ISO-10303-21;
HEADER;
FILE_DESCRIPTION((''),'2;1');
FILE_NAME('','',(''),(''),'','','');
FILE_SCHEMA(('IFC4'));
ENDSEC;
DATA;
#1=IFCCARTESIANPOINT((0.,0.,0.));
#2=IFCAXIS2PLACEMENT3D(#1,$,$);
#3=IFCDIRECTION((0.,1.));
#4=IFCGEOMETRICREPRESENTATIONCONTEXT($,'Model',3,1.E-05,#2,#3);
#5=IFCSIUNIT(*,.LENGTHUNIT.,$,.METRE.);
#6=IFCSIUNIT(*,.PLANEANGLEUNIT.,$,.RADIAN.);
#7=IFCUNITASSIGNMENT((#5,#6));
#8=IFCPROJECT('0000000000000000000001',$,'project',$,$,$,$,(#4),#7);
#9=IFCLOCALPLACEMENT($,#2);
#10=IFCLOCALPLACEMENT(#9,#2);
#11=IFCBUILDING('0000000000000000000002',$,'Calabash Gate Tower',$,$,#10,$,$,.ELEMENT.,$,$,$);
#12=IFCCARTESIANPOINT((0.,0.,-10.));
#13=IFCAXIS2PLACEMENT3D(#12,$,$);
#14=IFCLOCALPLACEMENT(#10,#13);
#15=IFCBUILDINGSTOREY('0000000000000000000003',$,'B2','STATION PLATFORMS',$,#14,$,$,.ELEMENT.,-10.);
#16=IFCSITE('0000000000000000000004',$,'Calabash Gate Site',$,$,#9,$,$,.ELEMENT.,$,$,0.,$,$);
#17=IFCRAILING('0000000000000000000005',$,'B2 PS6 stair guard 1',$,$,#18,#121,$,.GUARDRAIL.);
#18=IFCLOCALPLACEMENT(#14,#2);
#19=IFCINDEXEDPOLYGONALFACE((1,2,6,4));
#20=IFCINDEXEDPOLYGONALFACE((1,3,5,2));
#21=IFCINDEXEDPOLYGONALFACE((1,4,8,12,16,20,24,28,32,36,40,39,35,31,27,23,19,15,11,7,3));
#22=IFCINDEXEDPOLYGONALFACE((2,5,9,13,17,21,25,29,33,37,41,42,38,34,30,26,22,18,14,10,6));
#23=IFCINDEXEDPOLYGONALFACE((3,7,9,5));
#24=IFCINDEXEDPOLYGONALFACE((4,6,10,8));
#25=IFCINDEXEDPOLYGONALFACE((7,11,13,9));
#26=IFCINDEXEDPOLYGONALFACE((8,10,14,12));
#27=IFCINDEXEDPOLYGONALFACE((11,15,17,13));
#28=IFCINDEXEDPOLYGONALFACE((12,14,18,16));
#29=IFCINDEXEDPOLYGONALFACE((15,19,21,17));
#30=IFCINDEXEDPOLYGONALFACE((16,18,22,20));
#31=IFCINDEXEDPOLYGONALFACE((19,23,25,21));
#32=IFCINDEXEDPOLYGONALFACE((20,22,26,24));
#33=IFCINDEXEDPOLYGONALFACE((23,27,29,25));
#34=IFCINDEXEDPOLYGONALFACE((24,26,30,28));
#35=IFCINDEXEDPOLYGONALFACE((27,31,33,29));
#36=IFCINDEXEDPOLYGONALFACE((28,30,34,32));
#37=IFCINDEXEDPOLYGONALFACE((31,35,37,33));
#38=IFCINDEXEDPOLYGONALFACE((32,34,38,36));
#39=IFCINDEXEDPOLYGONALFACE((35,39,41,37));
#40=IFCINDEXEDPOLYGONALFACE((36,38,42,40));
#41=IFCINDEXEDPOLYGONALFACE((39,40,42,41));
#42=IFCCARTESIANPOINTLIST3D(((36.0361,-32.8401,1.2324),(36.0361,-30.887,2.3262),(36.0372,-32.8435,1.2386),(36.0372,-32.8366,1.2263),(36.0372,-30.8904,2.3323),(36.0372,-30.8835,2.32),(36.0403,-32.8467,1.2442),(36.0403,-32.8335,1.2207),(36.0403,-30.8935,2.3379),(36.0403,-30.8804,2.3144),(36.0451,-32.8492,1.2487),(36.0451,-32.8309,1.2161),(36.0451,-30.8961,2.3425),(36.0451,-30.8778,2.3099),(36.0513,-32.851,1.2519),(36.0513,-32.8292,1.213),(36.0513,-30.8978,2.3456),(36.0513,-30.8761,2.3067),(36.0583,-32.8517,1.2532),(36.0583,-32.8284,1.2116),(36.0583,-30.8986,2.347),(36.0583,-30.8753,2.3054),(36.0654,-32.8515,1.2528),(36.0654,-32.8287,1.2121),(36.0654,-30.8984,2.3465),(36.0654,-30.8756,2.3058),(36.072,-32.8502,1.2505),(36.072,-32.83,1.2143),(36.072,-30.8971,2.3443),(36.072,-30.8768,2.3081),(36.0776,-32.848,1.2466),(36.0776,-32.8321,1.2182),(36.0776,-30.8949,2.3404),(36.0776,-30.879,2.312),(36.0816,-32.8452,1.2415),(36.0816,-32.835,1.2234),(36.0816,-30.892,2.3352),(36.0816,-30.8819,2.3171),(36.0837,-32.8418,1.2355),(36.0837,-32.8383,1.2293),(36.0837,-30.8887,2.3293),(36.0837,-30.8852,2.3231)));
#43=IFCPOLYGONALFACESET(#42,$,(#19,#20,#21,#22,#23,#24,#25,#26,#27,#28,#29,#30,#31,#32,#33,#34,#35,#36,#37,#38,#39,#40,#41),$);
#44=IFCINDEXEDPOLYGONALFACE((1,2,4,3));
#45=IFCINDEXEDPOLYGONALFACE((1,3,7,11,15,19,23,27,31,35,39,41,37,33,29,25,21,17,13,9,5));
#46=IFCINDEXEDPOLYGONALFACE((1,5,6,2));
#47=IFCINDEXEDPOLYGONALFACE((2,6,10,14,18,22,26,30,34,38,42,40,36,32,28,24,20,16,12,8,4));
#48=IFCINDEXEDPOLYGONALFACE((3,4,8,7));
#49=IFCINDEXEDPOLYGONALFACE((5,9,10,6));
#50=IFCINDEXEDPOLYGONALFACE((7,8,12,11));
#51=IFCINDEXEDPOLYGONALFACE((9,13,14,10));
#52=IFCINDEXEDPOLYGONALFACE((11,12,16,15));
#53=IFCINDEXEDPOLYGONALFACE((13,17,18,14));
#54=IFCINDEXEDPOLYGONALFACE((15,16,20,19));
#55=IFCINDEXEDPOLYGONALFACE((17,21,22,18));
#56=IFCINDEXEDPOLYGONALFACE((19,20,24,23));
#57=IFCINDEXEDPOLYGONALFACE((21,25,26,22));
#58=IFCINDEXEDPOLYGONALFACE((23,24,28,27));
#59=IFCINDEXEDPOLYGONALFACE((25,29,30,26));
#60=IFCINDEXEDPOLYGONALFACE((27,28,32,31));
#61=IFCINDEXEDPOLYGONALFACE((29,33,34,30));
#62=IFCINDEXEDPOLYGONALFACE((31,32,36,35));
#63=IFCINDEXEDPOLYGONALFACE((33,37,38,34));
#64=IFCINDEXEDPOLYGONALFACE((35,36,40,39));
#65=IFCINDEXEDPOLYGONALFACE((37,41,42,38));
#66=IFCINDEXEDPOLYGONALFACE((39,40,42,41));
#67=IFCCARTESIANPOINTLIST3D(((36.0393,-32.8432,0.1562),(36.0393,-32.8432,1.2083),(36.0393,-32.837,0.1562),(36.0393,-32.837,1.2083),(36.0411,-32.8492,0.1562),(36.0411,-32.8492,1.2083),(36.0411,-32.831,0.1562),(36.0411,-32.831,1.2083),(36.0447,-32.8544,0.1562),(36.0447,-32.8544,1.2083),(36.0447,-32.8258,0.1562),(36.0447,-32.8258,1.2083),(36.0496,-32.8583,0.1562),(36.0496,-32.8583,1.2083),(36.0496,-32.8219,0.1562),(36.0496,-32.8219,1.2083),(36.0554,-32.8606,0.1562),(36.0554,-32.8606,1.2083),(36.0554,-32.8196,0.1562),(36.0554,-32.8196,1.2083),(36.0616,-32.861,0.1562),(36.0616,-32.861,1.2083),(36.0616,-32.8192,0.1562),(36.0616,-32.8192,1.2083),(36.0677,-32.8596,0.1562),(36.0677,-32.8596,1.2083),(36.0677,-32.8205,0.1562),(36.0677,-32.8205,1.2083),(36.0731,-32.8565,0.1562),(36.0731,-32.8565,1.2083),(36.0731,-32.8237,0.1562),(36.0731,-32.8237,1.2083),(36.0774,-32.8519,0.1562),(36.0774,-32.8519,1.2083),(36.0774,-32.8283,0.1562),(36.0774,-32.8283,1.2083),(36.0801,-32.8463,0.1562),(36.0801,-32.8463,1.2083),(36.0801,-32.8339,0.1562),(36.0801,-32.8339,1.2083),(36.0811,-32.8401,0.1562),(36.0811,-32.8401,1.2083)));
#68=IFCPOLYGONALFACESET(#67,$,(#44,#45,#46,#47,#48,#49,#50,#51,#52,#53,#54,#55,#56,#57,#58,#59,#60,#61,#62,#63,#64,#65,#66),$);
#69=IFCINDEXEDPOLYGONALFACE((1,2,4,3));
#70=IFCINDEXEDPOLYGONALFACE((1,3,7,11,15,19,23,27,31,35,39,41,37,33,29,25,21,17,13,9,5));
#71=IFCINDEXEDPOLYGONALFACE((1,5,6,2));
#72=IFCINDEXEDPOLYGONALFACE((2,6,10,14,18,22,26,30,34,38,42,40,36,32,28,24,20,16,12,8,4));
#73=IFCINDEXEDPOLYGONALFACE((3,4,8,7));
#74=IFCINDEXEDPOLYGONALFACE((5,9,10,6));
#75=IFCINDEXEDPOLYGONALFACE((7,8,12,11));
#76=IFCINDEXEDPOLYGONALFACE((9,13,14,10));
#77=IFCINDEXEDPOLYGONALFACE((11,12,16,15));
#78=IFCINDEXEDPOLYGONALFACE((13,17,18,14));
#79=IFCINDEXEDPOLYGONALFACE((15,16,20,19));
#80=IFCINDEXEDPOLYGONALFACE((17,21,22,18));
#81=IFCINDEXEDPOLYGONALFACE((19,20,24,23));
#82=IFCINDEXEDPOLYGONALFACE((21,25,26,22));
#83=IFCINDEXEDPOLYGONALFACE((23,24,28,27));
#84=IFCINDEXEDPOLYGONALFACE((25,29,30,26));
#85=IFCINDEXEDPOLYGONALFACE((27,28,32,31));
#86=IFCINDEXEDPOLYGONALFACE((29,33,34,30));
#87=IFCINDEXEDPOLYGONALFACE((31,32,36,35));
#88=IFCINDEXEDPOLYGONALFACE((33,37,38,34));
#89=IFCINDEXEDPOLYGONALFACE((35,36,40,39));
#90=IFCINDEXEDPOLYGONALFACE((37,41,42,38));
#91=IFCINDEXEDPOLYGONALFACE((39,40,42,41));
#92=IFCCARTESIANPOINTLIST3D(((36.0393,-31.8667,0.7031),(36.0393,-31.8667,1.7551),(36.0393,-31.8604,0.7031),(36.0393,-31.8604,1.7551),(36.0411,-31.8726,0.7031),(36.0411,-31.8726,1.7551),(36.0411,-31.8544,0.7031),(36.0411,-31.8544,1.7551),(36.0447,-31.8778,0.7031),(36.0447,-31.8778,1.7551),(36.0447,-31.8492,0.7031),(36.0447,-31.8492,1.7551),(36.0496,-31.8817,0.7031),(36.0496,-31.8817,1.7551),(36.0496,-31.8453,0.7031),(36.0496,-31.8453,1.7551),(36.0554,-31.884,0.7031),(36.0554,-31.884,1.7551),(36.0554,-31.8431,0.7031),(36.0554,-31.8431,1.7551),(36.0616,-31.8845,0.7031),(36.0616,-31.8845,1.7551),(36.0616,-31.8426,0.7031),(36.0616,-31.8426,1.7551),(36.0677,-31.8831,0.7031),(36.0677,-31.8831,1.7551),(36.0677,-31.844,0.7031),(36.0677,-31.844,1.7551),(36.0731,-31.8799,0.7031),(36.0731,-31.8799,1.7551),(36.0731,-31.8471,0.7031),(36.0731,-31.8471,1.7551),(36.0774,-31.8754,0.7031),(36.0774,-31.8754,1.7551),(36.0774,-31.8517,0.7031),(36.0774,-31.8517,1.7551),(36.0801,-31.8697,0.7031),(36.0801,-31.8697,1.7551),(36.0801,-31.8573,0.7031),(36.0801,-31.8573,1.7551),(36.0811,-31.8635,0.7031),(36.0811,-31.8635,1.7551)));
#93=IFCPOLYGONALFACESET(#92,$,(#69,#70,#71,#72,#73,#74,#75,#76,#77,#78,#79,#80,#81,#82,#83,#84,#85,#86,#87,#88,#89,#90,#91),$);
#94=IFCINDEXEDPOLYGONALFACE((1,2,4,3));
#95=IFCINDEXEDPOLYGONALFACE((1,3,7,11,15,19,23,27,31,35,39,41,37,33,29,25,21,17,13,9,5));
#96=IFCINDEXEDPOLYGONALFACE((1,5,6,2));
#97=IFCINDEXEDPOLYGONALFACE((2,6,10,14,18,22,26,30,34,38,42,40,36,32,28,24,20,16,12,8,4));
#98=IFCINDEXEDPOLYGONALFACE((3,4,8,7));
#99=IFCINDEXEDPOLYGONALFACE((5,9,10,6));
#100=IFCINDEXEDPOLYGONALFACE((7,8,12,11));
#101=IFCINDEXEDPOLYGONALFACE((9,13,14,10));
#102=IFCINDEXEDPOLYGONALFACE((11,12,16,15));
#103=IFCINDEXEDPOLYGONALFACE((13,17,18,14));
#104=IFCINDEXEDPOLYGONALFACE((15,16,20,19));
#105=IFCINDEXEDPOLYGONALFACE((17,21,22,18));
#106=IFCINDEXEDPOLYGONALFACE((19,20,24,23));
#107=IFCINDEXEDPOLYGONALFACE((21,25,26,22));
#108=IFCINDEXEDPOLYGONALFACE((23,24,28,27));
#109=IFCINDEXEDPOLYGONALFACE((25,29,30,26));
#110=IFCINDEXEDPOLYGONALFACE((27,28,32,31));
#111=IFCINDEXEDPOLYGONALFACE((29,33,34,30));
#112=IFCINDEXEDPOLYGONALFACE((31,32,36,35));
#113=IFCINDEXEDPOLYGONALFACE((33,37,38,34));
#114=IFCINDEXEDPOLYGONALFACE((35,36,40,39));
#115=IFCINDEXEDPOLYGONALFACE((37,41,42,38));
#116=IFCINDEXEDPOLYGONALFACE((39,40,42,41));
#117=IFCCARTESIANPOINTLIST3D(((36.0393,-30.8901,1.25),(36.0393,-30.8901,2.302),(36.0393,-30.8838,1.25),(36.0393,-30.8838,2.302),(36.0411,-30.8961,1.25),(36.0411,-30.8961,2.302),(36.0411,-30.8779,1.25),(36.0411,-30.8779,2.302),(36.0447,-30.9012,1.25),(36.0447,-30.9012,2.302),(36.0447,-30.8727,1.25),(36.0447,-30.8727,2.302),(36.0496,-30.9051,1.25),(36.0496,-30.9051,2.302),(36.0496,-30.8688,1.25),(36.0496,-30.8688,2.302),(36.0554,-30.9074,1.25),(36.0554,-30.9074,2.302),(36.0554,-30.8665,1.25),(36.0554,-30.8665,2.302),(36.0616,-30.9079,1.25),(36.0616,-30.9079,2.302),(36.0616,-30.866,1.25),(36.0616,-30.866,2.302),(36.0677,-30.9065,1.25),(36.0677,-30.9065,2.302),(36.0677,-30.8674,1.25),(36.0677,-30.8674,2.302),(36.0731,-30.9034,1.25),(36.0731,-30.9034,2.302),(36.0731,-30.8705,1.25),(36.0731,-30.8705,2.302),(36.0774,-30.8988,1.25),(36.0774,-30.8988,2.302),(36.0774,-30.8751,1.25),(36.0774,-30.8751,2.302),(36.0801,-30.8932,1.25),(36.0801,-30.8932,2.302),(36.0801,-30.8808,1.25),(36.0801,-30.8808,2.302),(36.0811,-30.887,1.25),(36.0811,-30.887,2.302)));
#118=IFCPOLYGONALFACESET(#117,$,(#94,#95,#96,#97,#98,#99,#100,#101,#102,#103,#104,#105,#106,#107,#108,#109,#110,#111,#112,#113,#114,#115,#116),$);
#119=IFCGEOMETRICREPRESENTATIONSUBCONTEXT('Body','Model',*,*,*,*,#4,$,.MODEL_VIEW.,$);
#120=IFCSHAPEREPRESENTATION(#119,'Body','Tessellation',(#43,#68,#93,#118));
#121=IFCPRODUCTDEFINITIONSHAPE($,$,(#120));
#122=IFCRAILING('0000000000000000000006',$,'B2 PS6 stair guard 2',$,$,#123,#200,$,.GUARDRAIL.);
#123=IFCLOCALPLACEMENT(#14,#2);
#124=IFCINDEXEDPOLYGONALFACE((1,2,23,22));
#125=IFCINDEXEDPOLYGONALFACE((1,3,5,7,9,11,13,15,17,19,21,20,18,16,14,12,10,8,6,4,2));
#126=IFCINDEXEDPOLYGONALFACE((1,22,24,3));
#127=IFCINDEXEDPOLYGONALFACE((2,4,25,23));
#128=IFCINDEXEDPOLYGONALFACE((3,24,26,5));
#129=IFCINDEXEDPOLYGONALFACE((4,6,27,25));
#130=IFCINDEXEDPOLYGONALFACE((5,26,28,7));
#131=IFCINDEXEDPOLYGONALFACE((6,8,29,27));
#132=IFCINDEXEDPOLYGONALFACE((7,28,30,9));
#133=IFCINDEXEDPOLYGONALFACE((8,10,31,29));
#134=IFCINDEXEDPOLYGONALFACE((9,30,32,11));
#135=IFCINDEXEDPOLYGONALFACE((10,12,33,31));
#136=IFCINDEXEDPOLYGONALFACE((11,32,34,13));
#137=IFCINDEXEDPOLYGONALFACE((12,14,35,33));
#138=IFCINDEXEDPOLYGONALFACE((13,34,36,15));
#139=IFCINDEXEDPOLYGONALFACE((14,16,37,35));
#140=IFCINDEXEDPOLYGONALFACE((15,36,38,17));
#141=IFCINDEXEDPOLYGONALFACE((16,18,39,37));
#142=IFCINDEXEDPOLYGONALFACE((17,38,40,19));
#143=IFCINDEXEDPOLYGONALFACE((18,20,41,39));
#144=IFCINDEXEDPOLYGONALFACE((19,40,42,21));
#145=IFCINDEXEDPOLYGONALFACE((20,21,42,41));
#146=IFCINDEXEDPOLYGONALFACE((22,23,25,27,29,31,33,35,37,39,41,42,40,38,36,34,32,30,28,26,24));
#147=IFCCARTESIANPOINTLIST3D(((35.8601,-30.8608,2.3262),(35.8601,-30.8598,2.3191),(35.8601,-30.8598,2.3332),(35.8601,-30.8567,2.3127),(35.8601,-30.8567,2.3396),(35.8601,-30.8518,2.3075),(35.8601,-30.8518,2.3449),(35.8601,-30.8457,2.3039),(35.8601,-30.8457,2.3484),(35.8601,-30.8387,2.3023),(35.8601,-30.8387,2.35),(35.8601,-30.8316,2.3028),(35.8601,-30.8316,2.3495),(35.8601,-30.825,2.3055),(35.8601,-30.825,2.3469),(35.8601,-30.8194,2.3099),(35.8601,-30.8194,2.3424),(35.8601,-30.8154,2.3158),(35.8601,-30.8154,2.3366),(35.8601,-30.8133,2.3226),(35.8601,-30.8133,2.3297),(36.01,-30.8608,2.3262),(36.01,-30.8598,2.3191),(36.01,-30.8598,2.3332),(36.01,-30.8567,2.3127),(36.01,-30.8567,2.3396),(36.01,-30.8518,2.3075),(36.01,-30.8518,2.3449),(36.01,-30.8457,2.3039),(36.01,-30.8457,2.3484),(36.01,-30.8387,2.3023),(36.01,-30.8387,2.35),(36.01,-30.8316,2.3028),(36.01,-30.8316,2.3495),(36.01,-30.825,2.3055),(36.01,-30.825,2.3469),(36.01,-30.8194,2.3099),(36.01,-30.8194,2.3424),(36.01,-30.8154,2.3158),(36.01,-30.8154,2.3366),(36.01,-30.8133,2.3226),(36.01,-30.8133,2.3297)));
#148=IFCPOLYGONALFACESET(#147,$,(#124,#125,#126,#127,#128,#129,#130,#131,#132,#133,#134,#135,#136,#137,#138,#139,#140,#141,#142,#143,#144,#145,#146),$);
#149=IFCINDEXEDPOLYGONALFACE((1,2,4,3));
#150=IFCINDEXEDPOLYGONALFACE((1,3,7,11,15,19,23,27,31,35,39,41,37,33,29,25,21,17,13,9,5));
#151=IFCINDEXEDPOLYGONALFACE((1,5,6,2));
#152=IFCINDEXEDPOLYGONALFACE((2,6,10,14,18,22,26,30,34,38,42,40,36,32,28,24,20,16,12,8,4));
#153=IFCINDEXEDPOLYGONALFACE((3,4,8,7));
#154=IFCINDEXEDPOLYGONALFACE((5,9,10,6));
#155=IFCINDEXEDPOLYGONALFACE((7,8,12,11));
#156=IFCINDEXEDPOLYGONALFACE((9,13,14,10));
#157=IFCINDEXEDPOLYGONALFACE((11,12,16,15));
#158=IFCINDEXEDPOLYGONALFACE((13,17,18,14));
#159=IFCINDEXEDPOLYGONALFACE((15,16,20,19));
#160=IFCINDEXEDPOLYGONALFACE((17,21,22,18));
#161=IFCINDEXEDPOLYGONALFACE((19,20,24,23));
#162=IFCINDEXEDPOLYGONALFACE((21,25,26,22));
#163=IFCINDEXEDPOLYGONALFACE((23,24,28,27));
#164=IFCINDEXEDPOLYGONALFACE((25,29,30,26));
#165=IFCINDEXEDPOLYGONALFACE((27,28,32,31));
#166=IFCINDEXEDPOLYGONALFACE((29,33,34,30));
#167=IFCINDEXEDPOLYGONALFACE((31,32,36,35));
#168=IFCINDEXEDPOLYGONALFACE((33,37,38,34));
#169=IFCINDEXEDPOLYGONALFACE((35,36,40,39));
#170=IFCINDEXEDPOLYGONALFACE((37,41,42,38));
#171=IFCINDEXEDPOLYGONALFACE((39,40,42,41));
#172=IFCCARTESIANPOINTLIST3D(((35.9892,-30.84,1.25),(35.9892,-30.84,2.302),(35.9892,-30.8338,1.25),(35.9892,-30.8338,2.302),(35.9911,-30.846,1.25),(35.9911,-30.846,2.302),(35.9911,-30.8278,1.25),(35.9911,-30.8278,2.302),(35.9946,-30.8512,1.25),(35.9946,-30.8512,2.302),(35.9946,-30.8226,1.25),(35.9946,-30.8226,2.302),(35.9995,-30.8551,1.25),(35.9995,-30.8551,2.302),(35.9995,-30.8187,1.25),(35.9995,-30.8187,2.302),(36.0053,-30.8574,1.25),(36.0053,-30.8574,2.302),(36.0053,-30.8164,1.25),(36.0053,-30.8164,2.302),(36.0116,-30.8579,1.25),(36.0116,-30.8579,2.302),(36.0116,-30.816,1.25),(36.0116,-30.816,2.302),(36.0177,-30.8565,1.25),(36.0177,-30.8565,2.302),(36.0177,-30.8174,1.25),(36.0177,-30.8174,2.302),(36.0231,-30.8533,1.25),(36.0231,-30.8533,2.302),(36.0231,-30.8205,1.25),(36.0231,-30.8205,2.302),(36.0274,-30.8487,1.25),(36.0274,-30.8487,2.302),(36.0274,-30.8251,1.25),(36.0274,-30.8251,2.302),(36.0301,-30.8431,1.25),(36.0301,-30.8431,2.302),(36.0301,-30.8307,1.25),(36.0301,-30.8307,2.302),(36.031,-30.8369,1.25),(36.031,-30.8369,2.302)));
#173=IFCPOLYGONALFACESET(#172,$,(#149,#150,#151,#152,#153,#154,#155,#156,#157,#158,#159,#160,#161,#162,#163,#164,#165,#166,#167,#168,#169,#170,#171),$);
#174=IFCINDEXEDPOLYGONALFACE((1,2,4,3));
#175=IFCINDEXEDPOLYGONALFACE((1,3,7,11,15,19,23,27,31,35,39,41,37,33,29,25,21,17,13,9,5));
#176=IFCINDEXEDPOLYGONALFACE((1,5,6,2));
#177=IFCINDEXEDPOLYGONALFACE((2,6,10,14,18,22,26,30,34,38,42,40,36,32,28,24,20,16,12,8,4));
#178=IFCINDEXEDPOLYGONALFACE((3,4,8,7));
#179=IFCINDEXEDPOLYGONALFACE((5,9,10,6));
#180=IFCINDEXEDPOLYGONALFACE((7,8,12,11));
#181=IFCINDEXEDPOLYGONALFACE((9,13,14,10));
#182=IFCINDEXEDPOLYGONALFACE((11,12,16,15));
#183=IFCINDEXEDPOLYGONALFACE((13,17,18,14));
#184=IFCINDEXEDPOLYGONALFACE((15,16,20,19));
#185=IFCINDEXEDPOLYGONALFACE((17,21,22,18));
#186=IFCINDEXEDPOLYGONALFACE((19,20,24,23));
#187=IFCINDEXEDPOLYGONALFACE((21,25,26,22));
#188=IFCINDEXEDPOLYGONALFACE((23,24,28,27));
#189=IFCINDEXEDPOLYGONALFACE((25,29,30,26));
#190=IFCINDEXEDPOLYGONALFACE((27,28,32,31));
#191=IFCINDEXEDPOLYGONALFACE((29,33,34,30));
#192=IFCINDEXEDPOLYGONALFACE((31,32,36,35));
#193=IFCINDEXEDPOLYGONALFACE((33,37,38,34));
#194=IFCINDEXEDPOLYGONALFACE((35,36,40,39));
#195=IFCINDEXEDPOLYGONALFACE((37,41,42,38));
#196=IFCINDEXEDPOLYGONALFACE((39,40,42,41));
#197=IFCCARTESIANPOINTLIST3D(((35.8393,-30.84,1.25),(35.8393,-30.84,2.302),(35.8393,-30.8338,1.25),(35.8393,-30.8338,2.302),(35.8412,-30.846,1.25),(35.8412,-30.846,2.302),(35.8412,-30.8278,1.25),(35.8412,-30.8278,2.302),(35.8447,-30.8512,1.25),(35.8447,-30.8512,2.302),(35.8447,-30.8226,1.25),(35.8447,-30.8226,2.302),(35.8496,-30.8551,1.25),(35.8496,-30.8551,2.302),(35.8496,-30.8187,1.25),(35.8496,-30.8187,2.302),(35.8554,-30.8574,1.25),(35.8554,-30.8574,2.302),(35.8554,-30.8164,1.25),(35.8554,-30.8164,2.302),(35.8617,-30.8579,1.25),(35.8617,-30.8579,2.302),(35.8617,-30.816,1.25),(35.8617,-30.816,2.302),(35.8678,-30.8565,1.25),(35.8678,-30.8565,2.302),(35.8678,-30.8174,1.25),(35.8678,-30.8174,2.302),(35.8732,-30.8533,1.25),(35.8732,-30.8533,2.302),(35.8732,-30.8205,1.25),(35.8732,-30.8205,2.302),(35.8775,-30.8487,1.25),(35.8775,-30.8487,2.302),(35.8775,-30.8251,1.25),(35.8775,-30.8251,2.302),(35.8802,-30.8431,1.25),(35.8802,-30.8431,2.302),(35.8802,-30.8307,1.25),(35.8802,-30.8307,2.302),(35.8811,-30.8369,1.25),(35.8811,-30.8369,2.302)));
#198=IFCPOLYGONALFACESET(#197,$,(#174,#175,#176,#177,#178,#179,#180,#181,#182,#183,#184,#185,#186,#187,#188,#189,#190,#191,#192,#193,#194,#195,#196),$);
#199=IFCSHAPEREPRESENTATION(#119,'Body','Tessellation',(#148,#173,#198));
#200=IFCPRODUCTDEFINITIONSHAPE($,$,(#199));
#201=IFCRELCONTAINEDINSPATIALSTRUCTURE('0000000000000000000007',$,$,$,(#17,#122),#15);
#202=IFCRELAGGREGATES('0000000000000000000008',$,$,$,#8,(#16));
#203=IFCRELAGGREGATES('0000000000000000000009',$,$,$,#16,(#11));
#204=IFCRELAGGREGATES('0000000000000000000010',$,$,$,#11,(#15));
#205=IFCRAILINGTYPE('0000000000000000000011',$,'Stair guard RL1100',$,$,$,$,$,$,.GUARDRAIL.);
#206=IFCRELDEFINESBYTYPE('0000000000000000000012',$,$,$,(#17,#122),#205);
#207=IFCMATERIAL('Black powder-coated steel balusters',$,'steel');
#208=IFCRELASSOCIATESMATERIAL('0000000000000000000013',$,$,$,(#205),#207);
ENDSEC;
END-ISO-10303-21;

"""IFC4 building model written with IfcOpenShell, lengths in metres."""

from ifc_helpers import new_model, si_unit, direction, frame, origin, origin_2d, place, context, subcontext, project, spatial, circle, extrude, material, type_object, element, save


model = new_model("IFC4")

# Units and contexts
model_context = context("Model", 3, precision=1e-05, world=origin(), true_north=direction((0.0, 1.0)))
body_context = subcontext(model_context, "Body", "Model", "MODEL_VIEW")
ifc_project = project(units=[si_unit("LENGTHUNIT", "METRE"), si_unit("PLANEANGLEUNIT", "RADIAN")], contexts=[model_context])

# Site, building, storey
site_placement = place(None, origin())
site = spatial("IfcSite", under=ifc_project, at=site_placement, Name="Calabash Gate Site", CompositionType="ELEMENT", RefElevation=0.0)
building_placement = place(site_placement, origin())
building = spatial("IfcBuilding", under=site, at=building_placement, Name="Calabash Gate Tower", CompositionType="ELEMENT")
storey_placement = place(building_placement, frame((0.0, 0.0, -10.0)))
storey = spatial("IfcBuildingStorey", under=building, at=storey_placement, Name="B2", Description="STATION PLATFORMS", CompositionType="ELEMENT", Elevation=-10.0)

# Railings
ifc_material_1 = material(Name="Black powder-coated steel balusters", Category="steel")
railing_type_1 = type_object("IfcRailingType", Name="Stair guard RL1100", PredefinedType="GUARDRAIL", material=ifc_material_1)
railing_1_placement = place(storey_placement, frame((36.0601, -32.8401, 0.1562)))
element("IfcRailing", 1, at=railing_1_placement, inside=storey, type_object=railing_type_1, Name="B2 PS6 stair guard 1", PredefinedType="GUARDRAIL", context=body_context, shape_type="SweptSolid", body=[
    extrude(circle(Radius=0.0239, at=origin_2d()), frame((0.0, 0.0, 1.0762), z_axis=(0.0, 0.872506, 0.488603), x_axis=(-1.0, 0.0, 0.0)), (0.0, 0.0, 1.0), 2.2385),
    extrude(circle(Radius=0.021, at=origin_2d()), origin(), (0.0, 0.0, 1.0), 1.052),
    extrude(circle(Radius=0.021, at=origin_2d()), frame((0.0, 0.9766, 0.5469)), (0.0, 0.0, 1.0), 1.052),
    extrude(circle(Radius=0.021, at=origin_2d()), frame((0.0, 1.9531, 1.0938)), (0.0, 0.0, 1.0), 1.052),
])
railing_2_placement = place(storey_placement, frame((36.01, -30.8369, 1.25)))
element("IfcRailing", 2, at=railing_2_placement, inside=storey, type_object=railing_type_1, Name="B2 PS6 stair guard 2", PredefinedType="GUARDRAIL", context=body_context, shape_type="SweptSolid", body=[
    extrude(circle(Radius=0.0239, at=origin_2d()), frame((0.0, 0.0, 1.0762), z_axis=(-1.0, 0.0, 0.0), x_axis=(0.0, -1.0, 0.0)), (0.0, 0.0, 1.0), 0.1499),
    extrude(circle(Radius=0.021, at=origin_2d()), origin(), (0.0, 0.0, 1.0), 1.052),
    extrude(circle(Radius=0.021, at=origin_2d()), frame((-0.1499, 0.0, 0.0)), (0.0, 0.0, 1.0), 1.052),
])

save(model, "model.ifc")
